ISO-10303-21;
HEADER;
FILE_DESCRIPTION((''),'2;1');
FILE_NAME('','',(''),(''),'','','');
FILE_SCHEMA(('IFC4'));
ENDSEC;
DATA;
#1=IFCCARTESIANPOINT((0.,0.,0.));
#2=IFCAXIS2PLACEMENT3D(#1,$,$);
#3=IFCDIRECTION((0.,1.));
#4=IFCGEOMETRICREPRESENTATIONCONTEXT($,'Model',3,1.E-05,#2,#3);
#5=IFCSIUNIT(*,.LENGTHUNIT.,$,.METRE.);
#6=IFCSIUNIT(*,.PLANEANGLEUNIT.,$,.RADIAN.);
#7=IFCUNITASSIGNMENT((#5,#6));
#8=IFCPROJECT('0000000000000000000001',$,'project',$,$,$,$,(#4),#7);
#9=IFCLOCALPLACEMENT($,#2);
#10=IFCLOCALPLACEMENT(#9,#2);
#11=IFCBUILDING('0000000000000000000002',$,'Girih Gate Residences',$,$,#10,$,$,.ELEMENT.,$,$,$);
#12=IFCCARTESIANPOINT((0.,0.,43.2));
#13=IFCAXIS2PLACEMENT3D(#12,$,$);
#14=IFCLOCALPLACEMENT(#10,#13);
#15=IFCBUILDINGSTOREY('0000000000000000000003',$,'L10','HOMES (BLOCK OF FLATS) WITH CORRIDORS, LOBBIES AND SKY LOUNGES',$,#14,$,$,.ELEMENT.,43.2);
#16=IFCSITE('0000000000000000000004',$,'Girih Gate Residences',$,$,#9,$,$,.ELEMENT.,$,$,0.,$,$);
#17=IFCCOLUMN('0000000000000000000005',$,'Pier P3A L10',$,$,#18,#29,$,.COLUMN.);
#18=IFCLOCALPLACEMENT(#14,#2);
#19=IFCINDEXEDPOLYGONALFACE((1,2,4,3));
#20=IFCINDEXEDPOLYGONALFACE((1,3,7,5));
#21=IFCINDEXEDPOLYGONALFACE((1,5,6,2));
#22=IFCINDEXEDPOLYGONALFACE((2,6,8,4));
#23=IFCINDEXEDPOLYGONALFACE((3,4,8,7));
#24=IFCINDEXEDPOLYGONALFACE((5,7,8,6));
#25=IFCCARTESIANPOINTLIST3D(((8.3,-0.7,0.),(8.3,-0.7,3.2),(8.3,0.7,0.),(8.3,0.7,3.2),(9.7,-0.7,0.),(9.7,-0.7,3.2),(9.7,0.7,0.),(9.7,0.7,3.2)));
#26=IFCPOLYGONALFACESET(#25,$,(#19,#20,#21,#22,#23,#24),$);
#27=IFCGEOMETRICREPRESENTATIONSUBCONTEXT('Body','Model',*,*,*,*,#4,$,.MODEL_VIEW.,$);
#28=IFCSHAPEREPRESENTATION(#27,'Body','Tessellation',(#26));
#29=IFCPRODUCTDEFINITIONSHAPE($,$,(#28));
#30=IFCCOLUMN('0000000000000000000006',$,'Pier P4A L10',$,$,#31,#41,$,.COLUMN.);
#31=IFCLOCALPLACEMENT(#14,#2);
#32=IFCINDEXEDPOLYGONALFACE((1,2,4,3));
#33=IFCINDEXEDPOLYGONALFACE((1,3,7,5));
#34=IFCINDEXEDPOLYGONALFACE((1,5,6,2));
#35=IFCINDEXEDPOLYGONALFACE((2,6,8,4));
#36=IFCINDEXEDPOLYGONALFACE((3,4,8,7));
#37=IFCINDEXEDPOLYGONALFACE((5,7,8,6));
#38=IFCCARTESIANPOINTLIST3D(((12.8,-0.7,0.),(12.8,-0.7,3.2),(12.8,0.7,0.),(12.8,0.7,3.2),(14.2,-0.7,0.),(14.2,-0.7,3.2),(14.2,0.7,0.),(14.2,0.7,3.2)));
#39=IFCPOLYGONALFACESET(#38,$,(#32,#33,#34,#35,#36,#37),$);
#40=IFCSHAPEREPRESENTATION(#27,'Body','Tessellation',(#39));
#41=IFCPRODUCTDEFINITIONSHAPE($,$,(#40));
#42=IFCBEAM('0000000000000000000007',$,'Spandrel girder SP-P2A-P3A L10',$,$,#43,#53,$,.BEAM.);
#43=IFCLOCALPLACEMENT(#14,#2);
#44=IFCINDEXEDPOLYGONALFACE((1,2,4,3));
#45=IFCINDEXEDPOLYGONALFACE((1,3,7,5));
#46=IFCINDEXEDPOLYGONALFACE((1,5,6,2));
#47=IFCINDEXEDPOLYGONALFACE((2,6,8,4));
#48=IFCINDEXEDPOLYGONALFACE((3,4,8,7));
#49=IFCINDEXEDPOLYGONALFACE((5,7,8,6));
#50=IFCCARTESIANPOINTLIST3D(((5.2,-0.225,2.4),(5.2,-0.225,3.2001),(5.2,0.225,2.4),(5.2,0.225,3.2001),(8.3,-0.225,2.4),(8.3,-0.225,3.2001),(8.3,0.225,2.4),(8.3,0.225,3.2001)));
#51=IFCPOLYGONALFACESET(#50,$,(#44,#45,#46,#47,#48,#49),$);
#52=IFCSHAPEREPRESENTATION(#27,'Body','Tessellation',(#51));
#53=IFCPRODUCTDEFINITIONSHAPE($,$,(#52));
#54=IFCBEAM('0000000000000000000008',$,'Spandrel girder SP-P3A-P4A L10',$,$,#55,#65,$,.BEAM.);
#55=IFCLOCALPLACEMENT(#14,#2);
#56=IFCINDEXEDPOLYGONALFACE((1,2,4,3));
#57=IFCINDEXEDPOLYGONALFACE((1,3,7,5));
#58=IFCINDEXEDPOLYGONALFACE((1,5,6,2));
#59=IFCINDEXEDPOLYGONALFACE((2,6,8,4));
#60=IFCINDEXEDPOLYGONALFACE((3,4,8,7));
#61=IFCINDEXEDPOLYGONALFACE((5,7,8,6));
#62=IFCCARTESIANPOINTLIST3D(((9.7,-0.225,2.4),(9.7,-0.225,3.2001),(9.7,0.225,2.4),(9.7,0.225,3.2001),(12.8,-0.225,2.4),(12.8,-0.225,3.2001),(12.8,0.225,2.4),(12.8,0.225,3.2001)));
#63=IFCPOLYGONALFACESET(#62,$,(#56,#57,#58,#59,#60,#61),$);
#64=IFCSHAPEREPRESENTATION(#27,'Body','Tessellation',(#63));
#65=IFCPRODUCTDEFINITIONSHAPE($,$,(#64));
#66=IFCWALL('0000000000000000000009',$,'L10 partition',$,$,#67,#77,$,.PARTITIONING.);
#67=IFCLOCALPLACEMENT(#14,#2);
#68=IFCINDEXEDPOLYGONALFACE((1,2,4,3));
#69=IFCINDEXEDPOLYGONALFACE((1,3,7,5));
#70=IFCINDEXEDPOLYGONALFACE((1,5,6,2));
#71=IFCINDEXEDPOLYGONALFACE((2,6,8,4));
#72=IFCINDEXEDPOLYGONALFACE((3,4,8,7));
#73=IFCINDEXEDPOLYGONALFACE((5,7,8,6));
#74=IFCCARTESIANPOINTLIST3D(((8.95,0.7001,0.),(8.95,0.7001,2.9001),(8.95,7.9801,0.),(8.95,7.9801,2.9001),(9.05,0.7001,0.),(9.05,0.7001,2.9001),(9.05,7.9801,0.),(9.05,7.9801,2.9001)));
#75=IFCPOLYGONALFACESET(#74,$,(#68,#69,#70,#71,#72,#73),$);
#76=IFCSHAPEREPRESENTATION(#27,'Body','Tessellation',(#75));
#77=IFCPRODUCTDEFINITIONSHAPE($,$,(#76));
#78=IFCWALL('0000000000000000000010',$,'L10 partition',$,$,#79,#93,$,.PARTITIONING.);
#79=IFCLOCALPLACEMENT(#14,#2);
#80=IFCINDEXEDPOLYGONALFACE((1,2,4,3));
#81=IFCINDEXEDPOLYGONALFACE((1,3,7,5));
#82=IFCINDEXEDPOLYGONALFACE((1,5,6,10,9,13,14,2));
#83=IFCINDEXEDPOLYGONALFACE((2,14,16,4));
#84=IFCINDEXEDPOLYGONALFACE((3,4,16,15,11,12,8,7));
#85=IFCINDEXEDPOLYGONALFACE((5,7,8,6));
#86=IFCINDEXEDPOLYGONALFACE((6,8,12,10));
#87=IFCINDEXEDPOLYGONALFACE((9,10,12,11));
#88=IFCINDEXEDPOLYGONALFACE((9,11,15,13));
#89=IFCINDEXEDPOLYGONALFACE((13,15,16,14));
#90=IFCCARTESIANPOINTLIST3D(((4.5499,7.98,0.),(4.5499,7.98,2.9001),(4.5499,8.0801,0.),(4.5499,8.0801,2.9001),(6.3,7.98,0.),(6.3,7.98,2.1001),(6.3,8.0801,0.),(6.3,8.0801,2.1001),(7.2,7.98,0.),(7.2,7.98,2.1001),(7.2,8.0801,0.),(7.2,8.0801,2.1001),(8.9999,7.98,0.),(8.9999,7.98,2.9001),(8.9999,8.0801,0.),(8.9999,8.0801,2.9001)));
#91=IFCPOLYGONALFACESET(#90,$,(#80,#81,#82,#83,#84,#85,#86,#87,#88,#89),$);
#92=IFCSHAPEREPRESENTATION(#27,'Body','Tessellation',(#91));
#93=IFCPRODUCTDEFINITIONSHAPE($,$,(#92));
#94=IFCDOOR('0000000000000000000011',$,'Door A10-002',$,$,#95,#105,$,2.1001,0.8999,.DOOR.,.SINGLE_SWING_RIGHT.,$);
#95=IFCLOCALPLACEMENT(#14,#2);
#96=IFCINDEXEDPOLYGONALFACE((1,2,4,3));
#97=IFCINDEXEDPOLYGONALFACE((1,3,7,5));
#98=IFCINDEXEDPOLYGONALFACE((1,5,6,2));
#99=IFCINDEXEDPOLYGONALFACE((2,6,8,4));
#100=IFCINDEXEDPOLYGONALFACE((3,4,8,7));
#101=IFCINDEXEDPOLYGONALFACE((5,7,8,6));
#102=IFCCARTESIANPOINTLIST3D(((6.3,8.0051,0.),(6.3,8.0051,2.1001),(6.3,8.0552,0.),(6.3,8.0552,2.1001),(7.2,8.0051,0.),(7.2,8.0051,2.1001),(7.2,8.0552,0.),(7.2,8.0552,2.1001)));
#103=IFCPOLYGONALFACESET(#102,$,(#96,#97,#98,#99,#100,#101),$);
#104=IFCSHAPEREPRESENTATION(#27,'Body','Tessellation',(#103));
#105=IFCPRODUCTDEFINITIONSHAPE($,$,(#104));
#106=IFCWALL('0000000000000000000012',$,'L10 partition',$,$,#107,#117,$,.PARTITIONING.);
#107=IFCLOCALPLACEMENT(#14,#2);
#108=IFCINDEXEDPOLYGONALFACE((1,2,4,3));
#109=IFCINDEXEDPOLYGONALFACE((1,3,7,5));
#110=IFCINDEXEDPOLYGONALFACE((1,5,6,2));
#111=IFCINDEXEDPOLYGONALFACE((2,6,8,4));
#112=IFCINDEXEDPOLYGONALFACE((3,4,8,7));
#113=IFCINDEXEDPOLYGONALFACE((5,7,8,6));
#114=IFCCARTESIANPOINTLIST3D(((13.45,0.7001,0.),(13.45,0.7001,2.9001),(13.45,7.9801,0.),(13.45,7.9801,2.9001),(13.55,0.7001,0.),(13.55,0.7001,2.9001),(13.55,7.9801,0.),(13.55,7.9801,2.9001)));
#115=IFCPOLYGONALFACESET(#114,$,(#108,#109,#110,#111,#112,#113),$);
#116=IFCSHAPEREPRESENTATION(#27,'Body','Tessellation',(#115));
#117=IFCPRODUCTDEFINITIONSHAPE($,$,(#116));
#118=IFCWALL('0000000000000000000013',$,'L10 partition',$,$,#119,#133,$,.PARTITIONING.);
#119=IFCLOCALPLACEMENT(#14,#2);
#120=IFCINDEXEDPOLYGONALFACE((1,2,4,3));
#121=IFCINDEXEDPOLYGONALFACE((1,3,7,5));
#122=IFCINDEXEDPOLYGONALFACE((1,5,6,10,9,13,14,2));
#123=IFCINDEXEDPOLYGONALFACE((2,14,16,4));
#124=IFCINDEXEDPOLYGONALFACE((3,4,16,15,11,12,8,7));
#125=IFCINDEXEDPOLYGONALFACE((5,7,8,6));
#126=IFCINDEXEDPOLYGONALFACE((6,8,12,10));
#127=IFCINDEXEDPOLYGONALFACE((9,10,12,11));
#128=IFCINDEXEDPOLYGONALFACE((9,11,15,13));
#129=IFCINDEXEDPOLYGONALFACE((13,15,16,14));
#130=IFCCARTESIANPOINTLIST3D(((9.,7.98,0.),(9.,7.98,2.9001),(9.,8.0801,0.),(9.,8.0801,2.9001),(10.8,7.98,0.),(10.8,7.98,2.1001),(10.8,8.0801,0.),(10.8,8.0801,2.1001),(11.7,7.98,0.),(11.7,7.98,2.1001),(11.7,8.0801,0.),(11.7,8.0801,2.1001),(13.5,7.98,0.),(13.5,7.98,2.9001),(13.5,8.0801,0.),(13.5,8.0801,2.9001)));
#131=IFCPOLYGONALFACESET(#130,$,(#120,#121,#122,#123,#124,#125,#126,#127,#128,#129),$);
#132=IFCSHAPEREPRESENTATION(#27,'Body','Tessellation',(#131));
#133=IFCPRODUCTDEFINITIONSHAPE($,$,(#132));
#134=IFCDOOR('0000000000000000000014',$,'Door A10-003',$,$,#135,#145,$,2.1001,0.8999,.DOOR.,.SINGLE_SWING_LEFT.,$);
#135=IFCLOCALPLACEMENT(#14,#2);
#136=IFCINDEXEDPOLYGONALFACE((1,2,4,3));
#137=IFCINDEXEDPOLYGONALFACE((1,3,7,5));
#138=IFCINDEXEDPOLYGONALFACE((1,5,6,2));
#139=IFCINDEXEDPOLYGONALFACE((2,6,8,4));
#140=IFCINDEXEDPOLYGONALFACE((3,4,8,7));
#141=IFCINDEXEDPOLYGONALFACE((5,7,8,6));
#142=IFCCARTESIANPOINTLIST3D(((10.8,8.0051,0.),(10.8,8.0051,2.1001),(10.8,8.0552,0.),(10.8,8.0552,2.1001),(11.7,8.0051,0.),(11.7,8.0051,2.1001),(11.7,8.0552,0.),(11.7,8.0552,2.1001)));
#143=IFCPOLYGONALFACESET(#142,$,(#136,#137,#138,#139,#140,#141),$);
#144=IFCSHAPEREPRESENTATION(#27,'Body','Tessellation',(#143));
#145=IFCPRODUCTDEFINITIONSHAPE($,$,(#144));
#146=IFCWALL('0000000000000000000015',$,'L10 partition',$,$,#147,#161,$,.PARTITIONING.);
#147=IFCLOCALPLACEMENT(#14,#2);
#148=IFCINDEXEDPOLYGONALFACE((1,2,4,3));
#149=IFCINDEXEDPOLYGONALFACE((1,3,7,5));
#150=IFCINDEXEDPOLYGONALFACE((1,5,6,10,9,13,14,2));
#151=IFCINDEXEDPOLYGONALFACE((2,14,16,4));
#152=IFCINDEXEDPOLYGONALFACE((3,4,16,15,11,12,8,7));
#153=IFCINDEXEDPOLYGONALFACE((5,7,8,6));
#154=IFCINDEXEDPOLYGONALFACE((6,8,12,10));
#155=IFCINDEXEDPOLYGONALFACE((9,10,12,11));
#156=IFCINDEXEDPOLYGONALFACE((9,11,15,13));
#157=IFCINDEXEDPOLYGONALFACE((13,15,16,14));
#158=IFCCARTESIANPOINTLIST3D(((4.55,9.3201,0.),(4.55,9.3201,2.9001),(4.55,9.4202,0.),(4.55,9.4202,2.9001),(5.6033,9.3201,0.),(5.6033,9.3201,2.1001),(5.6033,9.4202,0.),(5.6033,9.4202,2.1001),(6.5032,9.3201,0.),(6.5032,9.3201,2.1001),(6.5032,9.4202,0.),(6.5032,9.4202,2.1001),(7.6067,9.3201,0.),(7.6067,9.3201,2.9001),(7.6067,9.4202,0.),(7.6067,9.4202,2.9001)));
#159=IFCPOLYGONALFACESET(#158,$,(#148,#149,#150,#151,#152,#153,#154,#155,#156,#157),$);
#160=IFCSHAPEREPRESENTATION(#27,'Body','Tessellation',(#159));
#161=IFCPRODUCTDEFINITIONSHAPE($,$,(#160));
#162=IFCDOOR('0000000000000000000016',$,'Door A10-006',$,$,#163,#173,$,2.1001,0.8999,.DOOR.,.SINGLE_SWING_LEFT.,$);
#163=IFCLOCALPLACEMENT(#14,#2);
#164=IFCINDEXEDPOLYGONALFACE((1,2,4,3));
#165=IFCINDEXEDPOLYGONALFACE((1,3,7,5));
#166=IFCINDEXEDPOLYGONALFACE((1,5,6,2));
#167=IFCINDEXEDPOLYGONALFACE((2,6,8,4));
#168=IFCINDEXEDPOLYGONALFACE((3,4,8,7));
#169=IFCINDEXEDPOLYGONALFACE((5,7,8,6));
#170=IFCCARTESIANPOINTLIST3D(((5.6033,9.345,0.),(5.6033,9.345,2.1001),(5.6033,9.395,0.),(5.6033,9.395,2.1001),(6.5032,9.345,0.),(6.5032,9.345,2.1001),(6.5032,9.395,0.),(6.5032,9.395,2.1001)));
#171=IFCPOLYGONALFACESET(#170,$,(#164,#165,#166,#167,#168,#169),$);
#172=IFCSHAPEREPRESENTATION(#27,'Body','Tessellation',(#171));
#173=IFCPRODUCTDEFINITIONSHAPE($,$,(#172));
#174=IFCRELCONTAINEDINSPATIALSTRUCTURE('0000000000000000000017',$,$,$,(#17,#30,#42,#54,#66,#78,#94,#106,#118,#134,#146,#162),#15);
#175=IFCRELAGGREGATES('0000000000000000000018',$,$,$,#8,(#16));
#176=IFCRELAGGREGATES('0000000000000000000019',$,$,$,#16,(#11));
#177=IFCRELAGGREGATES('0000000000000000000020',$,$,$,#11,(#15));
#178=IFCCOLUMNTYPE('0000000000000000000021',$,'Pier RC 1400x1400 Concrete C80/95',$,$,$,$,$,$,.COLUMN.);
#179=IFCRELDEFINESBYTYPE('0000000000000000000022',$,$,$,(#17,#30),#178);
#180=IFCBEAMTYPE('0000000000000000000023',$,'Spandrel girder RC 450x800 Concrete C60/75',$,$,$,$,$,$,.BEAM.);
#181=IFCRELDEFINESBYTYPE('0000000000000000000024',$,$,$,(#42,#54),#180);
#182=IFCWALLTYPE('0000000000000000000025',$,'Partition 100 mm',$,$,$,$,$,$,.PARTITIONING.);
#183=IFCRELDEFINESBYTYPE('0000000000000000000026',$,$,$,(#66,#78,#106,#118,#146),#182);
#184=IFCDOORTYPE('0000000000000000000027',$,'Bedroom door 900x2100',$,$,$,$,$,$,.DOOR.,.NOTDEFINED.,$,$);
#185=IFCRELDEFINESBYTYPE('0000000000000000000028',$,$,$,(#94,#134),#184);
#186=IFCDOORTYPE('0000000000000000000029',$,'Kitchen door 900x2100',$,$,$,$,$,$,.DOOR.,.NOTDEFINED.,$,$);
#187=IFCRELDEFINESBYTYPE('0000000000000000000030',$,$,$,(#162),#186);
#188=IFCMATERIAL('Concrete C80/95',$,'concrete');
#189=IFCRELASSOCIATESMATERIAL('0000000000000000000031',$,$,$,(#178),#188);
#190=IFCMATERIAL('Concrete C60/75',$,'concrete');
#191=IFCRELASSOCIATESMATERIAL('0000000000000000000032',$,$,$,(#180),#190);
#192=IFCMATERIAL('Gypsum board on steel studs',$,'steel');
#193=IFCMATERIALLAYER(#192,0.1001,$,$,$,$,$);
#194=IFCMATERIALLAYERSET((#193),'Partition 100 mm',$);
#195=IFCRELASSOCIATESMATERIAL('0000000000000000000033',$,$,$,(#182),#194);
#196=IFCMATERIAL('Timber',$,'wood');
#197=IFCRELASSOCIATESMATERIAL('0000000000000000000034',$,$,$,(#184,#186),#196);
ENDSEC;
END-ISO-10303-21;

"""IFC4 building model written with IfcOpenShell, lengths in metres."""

from ifc_helpers import new_model, si_unit, direction, frame, frame_2d, origin, origin_2d, place, context, subcontext, project, spatial, rectangle, extrude, material, layer, layer_set, material_profile, profile_set, type_object, element, fill, save


model = new_model("IFC4")

# Units and contexts
model_context = context("Model", 3, precision=1e-05, world=origin(), true_north=direction((0.0, 1.0)))
body_context = subcontext(model_context, "Body", "Model", "MODEL_VIEW")
ifc_project = project(units=[si_unit("LENGTHUNIT", "METRE"), si_unit("PLANEANGLEUNIT", "RADIAN")], contexts=[model_context])

# Site, building, storey
site_placement = place(None, origin())
site = spatial("IfcSite", under=ifc_project, at=site_placement, Name="Girih Gate Residences", CompositionType="ELEMENT", RefElevation=0.0)
building_placement = place(site_placement, origin())
building = spatial("IfcBuilding", under=site, at=building_placement, Name="Girih Gate Residences", CompositionType="ELEMENT")
storey_placement = place(building_placement, frame((0.0, 0.0, 43.2)))
storey = spatial("IfcBuildingStorey", under=building, at=storey_placement, Name="L10", Description="HOMES (BLOCK OF FLATS) WITH CORRIDORS, LOBBIES AND SKY LOUNGES", CompositionType="ELEMENT", Elevation=43.2)

# Columns
ifc_material_1 = material(Name="Concrete C80/95", Category="concrete")
ifc_material_profile_1 = material_profile(ifc_material_1, rectangle(XDim=1.3999, YDim=1.3999, at=origin_2d()))
ifc_profile_set_1 = profile_set([ifc_material_profile_1], Name="Concrete C80/95")
column_type = type_object("IfcColumnType", Name="Pier RC 1400x1400 Concrete C80/95", PredefinedType="COLUMN", material=ifc_profile_set_1)
for number, where, z_axis, x_axis, name in (
    (1, (9.0, 0.0, 0.0), (0.0, 0.0, 1.0), (1.0, 0.0, 0.0), "Pier P3A L10"),
    (2, (13.5, 0.0, 0.0), (0.0, 0.0, 1.0), (1.0, 0.0, 0.0), "Pier P4A L10"),
):
    element("IfcColumn", number, at=place(storey_placement, frame(where, z_axis=z_axis, x_axis=x_axis)), inside=storey, type_object=column_type, Name=name, PredefinedType="COLUMN", context=body_context, shape_type="SweptSolid", body=[
        extrude(rectangle(XDim=1.3999, YDim=1.3999, at=origin_2d()), origin(), (0.0, 0.0, 1.0), 3.2),
    ])

# Beams
ifc_material_2 = material(Name="Concrete C60/75", Category="concrete")
ifc_material_profile_2 = material_profile(ifc_material_2, rectangle(XDim=0.45, YDim=0.8, at=origin_2d()))
ifc_profile_set_2 = profile_set([ifc_material_profile_2], Name="Concrete C60/75")
beam_type = type_object("IfcBeamType", Name="Spandrel girder RC 450x800 Concrete C60/75", PredefinedType="BEAM", material=ifc_profile_set_2)
for number, where, z_axis, x_axis, name in (
    (3, (5.2, 0.0, 2.8), (1.0, 0.0, 0.0), (0.0, 1.0, 0.0), "Spandrel girder SP-P2A-P3A L10"),
    (4, (9.7, 0.0, 2.8), (1.0, 0.0, 0.0), (0.0, 1.0, 0.0), "Spandrel girder SP-P3A-P4A L10"),
):
    element("IfcBeam", number, at=place(storey_placement, frame(where, z_axis=z_axis, x_axis=x_axis)), inside=storey, type_object=beam_type, Name=name, PredefinedType="BEAM", context=body_context, shape_type="SweptSolid", body=[
        extrude(rectangle(XDim=0.45, YDim=0.8, at=origin_2d()), origin(), (0.0, 0.0, 1.0), 3.1001),
    ])

# Wall
ifc_material_3 = material(Name="Gypsum board on steel studs", Category="steel")
ifc_layer_1 = layer(ifc_material_3, 0.1001)
ifc_layer_set_1 = layer_set([ifc_layer_1], Name="Partition 100 mm")
wall_type_1 = type_object("IfcWallType", Name="Partition 100 mm", PredefinedType="PARTITIONING", material=ifc_layer_set_1)
wall_1_placement = place(storey_placement, frame((9.0, 0.7, 0.0), z_axis=(0.0, 0.0, 1.0), x_axis=(0.0, 1.0, 0.0)))
element("IfcWall", 5, at=wall_1_placement, inside=storey, type_object=wall_type_1, Name="L10 partition", PredefinedType="PARTITIONING", context=body_context, shape_type="SweptSolid", body=[
    extrude(rectangle(XDim=7.28, YDim=0.1001, at=frame_2d((3.6401, 0.0))), origin(), (0.0, 0.0, 1.0), 2.9001),
])

# Wall, opening, door
wall_2_placement = place(storey_placement, frame((9.0, 8.03, 0.0), z_axis=(0.0, 0.0, 1.0), x_axis=(-1.0, 0.0, 0.0)))
wall_2 = element("IfcWall", 6, at=wall_2_placement, inside=storey, type_object=wall_type_1, Name="L10 partition", PredefinedType="PARTITIONING", context=body_context, shape_type="SweptSolid", body=[
    extrude(rectangle(XDim=4.45, YDim=0.1001, at=frame_2d((2.2251, 0.0))), origin(), (0.0, 0.0, 1.0), 2.9001),
])
opening_1_placement = place(wall_2_placement, frame((1.8, 0.0, 0.0)))
opening_1 = element("IfcOpeningElement", 7, at=opening_1_placement, cuts=wall_2, PredefinedType="OPENING", context=body_context, shape_type="SweptSolid", body=[
    extrude(rectangle(XDim=0.8999, YDim=2.1001, at=frame_2d((0.45, 1.05))), frame((0.0, 0.0601, 0.0), z_axis=(0.0, -1.0, 0.0), x_axis=(1.0, 0.0, 0.0)), (0.0, 0.0, 1.0), 0.1201),
])
ifc_material_4 = material(Name="Timber", Category="wood")
door_type_1 = type_object("IfcDoorType", Name="Bedroom door 900x2100", OperationType="NOTDEFINED", PredefinedType="DOOR", material=ifc_material_4)
door_1_placement = place(opening_1_placement, origin())
door_1 = element("IfcDoor", 8, at=door_1_placement, inside=storey, type_object=door_type_1, Name="Door A10-002", OperationType="SINGLE_SWING_RIGHT", OverallHeight=2.1001, OverallWidth=0.8999, PredefinedType="DOOR", context=body_context, shape_type="SweptSolid", body=[
    extrude(rectangle(XDim=0.8999, YDim=2.1001, at=frame_2d((0.45, 1.05))), frame((0.0, 0.0249, 0.0), z_axis=(0.0, -1.0, 0.0), x_axis=(1.0, 0.0, 0.0)), (0.0, 0.0, 1.0), 0.05),
])
fill(opening_1, door_1)

# Wall
wall_3_placement = place(storey_placement, frame((13.5, 0.7, 0.0), z_axis=(0.0, 0.0, 1.0), x_axis=(0.0, 1.0, 0.0)))
element("IfcWall", 9, at=wall_3_placement, inside=storey, type_object=wall_type_1, Name="L10 partition", PredefinedType="PARTITIONING", context=body_context, shape_type="SweptSolid", body=[
    extrude(rectangle(XDim=7.28, YDim=0.1001, at=frame_2d((3.6401, 0.0))), origin(), (0.0, 0.0, 1.0), 2.9001),
])

# Walls, openings, doors
wall_4_placement = place(storey_placement, frame((13.5, 8.03, 0.0), z_axis=(0.0, 0.0, 1.0), x_axis=(-1.0, 0.0, 0.0)))
wall_4 = element("IfcWall", 10, at=wall_4_placement, inside=storey, type_object=wall_type_1, Name="L10 partition", PredefinedType="PARTITIONING", context=body_context, shape_type="SweptSolid", body=[
    extrude(rectangle(XDim=4.5, YDim=0.1001, at=frame_2d((2.25, 0.0))), origin(), (0.0, 0.0, 1.0), 2.9001),
])
opening_2_placement = place(wall_4_placement, frame((1.8, 0.0, 0.0)))
opening_2 = element("IfcOpeningElement", 11, at=opening_2_placement, cuts=wall_4, PredefinedType="OPENING", context=body_context, shape_type="SweptSolid", body=[
    extrude(rectangle(XDim=0.8999, YDim=2.1001, at=frame_2d((0.45, 1.05))), frame((0.0, 0.0601, 0.0), z_axis=(0.0, -1.0, 0.0), x_axis=(1.0, 0.0, 0.0)), (0.0, 0.0, 1.0), 0.1201),
])
door_2_placement = place(opening_2_placement, origin())
door_2 = element("IfcDoor", 12, at=door_2_placement, inside=storey, type_object=door_type_1, Name="Door A10-003", OperationType="SINGLE_SWING_LEFT", OverallHeight=2.1001, OverallWidth=0.8999, PredefinedType="DOOR", context=body_context, shape_type="SweptSolid", body=[
    extrude(rectangle(XDim=0.8999, YDim=2.1001, at=frame_2d((0.45, 1.05))), frame((0.0, 0.0249, 0.0), z_axis=(0.0, -1.0, 0.0), x_axis=(1.0, 0.0, 0.0)), (0.0, 0.0, 1.0), 0.05),
])
fill(opening_2, door_2)
wall_5_placement = place(storey_placement, frame((4.55, 9.3701, 0.0), z_axis=(0.0, 0.0, 1.0), x_axis=(1.0, 0.0, 0.0)))
wall_5 = element("IfcWall", 13, at=wall_5_placement, inside=storey, type_object=wall_type_1, Name="L10 partition", PredefinedType="PARTITIONING", context=body_context, shape_type="SweptSolid", body=[
    extrude(rectangle(XDim=3.0566, YDim=0.1001, at=frame_2d((1.5283, 0.0))), origin(), (0.0, 0.0, 1.0), 2.9001),
])
opening_3_placement = place(wall_5_placement, frame((1.0532, 0.0, 0.0)))
opening_3 = element("IfcOpeningElement", 14, at=opening_3_placement, cuts=wall_5, PredefinedType="OPENING", context=body_context, shape_type="SweptSolid", body=[
    extrude(rectangle(XDim=0.8999, YDim=2.1001, at=frame_2d((0.45, 1.05))), frame((0.0, 0.0601, 0.0), z_axis=(0.0, -1.0, 0.0), x_axis=(1.0, 0.0, 0.0)), (0.0, 0.0, 1.0), 0.1201),
])
door_type_2 = type_object("IfcDoorType", Name="Kitchen door 900x2100", OperationType="NOTDEFINED", PredefinedType="DOOR", material=ifc_material_4)
door_3_placement = place(opening_3_placement, origin())
door_3 = element("IfcDoor", 15, at=door_3_placement, inside=storey, type_object=door_type_2, Name="Door A10-006", OperationType="SINGLE_SWING_LEFT", OverallHeight=2.1001, OverallWidth=0.8999, PredefinedType="DOOR", context=body_context, shape_type="SweptSolid", body=[
    extrude(rectangle(XDim=0.8999, YDim=2.1001, at=frame_2d((0.45, 1.05))), frame((0.0, 0.0249, 0.0), z_axis=(0.0, -1.0, 0.0), x_axis=(1.0, 0.0, 0.0)), (0.0, 0.0, 1.0), 0.05),
])
fill(opening_3, door_3)

save(model, "model.ifc")
